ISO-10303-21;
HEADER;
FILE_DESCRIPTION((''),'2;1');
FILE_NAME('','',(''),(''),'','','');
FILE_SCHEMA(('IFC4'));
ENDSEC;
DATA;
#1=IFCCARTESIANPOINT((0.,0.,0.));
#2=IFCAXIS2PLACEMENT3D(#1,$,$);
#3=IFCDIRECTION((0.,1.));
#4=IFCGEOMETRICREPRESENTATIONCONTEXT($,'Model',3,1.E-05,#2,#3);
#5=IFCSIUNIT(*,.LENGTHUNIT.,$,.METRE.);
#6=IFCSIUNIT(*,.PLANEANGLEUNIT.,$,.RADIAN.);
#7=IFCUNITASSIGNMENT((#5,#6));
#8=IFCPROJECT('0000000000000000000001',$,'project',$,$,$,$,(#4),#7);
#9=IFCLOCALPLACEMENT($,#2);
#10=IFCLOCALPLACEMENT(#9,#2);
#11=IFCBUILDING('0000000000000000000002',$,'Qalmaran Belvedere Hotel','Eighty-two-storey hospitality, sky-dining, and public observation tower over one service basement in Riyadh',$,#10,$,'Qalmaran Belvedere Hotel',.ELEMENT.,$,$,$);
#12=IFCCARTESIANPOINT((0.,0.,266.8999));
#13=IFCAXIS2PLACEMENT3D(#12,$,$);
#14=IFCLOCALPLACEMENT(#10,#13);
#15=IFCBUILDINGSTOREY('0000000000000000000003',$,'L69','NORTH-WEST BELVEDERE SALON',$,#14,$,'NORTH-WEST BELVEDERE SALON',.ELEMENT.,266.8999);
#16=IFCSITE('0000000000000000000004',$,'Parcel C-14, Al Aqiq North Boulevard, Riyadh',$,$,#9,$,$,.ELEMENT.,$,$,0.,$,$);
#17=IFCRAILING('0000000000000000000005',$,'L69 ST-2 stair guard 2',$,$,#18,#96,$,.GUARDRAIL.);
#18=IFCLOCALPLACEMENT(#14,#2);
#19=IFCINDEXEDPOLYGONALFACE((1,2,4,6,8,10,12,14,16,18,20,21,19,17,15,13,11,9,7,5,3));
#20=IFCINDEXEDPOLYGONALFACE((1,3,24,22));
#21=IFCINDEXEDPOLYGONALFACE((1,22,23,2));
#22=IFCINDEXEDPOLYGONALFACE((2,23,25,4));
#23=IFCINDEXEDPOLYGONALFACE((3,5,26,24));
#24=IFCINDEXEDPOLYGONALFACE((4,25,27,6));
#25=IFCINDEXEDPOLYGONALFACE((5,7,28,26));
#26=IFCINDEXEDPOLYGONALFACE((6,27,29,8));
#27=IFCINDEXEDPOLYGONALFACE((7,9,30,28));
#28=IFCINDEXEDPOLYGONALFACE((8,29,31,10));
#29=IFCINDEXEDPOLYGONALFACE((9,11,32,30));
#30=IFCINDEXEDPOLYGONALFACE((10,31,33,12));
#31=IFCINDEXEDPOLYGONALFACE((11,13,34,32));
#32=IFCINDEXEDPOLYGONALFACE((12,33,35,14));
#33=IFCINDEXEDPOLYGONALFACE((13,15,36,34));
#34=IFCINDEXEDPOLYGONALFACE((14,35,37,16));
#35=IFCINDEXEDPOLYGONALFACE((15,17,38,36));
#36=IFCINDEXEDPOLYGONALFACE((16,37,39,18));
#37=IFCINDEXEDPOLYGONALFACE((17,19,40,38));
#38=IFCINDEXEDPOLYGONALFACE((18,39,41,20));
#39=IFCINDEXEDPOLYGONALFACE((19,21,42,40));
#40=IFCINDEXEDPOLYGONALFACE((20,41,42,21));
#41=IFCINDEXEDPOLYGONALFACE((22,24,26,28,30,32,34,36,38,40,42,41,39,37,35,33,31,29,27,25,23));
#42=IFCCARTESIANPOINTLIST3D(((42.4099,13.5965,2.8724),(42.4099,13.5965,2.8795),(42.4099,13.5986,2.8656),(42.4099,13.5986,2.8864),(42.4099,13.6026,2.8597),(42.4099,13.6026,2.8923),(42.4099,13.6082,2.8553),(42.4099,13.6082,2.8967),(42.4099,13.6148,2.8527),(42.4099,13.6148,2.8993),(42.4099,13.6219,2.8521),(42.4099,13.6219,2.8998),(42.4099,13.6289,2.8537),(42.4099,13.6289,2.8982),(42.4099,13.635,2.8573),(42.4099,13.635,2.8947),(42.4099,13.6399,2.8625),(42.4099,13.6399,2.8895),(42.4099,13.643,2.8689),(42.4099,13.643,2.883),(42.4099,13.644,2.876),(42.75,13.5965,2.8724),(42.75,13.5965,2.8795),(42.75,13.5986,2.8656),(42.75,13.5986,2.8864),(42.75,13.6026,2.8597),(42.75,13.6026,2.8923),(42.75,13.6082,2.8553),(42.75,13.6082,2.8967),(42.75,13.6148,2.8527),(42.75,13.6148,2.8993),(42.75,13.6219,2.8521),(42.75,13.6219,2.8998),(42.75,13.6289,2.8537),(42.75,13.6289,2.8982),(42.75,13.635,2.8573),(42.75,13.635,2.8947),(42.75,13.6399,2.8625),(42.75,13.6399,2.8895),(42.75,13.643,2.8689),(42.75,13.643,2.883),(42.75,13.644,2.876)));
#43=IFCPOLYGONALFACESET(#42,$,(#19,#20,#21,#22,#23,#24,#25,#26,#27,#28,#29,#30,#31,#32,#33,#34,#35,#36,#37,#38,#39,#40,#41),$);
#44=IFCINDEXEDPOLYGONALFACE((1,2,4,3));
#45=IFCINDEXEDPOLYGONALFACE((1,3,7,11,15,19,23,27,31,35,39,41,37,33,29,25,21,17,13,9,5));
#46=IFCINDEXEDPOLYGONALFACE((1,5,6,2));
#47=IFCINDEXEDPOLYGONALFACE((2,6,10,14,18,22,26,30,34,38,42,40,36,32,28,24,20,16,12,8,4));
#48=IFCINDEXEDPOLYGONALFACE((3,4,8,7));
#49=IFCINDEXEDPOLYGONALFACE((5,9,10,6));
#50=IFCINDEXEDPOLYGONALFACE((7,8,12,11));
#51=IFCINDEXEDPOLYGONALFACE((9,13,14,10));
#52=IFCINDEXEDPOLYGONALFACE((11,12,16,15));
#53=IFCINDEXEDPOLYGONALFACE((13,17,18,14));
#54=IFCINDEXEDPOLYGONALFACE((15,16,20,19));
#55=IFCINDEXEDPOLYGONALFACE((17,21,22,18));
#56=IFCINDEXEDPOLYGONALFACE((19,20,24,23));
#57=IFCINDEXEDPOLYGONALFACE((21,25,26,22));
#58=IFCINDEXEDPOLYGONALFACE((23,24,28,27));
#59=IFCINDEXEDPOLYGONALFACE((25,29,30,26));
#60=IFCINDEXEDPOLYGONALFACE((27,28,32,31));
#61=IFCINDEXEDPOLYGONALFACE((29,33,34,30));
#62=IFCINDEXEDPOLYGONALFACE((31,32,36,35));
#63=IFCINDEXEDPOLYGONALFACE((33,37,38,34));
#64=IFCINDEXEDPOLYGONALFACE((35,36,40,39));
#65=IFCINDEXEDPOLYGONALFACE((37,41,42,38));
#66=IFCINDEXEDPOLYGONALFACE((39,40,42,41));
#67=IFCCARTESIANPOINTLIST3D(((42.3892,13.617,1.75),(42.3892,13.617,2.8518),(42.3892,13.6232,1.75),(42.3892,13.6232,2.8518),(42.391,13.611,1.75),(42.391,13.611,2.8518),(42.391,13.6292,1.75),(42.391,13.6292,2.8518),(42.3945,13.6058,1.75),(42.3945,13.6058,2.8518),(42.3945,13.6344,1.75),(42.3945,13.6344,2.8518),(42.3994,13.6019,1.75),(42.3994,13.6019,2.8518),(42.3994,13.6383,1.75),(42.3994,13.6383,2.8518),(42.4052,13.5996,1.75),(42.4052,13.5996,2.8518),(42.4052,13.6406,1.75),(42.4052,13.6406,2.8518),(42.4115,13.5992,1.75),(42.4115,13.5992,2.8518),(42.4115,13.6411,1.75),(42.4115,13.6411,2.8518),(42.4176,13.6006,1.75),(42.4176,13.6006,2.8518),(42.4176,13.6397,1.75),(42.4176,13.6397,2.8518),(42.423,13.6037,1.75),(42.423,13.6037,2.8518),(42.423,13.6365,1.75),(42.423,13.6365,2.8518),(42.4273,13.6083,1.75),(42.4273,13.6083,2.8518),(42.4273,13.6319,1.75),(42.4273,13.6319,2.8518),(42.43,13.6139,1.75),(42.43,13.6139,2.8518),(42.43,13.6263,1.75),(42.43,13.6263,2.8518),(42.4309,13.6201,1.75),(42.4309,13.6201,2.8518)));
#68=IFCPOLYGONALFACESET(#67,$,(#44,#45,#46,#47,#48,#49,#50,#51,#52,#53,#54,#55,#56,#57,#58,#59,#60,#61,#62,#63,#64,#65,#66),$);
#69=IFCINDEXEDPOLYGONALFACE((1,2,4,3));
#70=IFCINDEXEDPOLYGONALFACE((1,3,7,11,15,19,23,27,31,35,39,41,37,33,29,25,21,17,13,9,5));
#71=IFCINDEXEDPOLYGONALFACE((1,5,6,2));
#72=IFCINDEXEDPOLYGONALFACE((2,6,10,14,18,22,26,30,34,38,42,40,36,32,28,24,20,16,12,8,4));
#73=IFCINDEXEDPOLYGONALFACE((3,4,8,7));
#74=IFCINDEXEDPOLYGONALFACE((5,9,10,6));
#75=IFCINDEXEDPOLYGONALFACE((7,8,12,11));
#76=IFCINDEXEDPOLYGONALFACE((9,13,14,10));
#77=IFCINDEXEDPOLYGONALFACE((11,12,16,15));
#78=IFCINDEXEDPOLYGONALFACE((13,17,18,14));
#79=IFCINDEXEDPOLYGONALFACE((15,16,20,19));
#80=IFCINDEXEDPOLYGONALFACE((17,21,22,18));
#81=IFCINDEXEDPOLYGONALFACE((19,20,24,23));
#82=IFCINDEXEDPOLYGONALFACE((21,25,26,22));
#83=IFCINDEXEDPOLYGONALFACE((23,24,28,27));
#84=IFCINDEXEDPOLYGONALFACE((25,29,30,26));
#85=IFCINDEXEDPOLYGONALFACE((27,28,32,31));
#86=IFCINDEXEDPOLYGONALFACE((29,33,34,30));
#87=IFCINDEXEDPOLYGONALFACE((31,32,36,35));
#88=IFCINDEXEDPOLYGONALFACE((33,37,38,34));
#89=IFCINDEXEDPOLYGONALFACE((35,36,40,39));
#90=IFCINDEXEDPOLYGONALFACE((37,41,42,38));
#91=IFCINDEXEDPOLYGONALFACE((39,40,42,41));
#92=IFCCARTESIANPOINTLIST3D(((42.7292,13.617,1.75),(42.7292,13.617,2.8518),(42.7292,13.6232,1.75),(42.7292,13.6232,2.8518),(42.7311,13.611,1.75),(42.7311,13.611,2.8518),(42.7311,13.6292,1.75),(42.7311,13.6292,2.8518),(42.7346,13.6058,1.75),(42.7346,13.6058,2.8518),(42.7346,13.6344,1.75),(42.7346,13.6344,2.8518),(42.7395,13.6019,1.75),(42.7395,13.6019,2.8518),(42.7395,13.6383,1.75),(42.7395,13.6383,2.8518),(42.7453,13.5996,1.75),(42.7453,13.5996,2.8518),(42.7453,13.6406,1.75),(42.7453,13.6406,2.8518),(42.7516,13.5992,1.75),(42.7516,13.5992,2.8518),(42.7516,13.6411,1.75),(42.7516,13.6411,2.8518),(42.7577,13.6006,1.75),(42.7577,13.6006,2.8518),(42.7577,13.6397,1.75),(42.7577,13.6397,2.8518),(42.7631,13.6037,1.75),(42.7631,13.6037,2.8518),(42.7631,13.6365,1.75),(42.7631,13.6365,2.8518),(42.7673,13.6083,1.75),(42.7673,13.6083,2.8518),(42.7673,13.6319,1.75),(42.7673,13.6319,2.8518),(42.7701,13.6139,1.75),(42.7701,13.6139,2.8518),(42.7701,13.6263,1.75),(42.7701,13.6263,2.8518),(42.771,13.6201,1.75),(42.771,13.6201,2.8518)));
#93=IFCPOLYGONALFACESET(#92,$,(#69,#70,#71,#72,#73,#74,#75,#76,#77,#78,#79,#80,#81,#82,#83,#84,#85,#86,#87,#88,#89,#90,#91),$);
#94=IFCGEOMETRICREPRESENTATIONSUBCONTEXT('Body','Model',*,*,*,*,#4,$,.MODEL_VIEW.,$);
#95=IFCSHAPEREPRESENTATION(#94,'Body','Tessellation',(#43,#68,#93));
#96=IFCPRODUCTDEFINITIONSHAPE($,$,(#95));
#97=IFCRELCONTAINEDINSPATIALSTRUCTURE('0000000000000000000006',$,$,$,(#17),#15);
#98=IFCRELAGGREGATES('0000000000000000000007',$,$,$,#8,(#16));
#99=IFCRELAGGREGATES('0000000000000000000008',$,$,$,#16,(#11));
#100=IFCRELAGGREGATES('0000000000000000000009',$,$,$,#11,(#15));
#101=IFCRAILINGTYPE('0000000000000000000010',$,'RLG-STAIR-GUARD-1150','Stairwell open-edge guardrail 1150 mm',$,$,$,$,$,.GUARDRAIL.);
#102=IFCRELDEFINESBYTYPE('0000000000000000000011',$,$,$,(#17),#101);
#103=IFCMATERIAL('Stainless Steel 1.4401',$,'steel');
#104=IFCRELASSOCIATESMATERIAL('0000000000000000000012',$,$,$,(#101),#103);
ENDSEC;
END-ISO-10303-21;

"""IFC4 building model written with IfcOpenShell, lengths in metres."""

from ifc_helpers import new_model, si_unit, direction, frame, origin, origin_2d, place, context, subcontext, project, spatial, circle, extrude, material, type_object, element, save


model = new_model("IFC4")

# Units and contexts
model_context = context("Model", 3, precision=1e-05, world=origin(), true_north=direction((0.0, 1.0)))
body_context = subcontext(model_context, "Body", "Model", "MODEL_VIEW")
ifc_project = project(units=[si_unit("LENGTHUNIT", "METRE"), si_unit("PLANEANGLEUNIT", "RADIAN")], contexts=[model_context])

# Site, building, storey
site_placement = place(None, origin())
site = spatial("IfcSite", under=ifc_project, at=site_placement, Name="Parcel C-14, Al Aqiq North Boulevard, Riyadh", CompositionType="ELEMENT", RefElevation=0.0)
building_placement = place(site_placement, origin())
building = spatial("IfcBuilding", under=site, at=building_placement, Name="Qalmaran Belvedere Hotel", Description="Eighty-two-storey hospitality, sky-dining, and public observation tower over one service basement in Riyadh", LongName="Qalmaran Belvedere Hotel", CompositionType="ELEMENT")
storey_placement = place(building_placement, frame((0.0, 0.0, 266.8999)))
storey = spatial("IfcBuildingStorey", under=building, at=storey_placement, Name="L69", Description="NORTH-WEST BELVEDERE SALON", LongName="NORTH-WEST BELVEDERE SALON", CompositionType="ELEMENT", Elevation=266.8999)

# Railing
ifc_material_1 = material(Name="Stainless Steel 1.4401", Category="steel")
railing_type_1 = type_object("IfcRailingType", Name="RLG-STAIR-GUARD-1150", Description="Stairwell open-edge guardrail 1150 mm", PredefinedType="GUARDRAIL", material=ifc_material_1)
railing_1_placement = place(storey_placement, frame((42.4099, 13.6201, 1.75)))
element("IfcRailing", 1, at=railing_1_placement, inside=storey, type_object=railing_type_1, Name="L69 ST-2 stair guard 2", PredefinedType="GUARDRAIL", context=body_context, shape_type="SweptSolid", body=[
    extrude(circle(Radius=0.0239, at=origin_2d()), frame((0.0, 0.0, 1.126), z_axis=(1.0, 0.0, 0.0), x_axis=(0.0, 1.0, 0.0)), (0.0, 0.0, 1.0), 0.3401),
    extrude(circle(Radius=0.021, at=origin_2d()), origin(), (0.0, 0.0, 1.0), 1.1018),
    extrude(circle(Radius=0.021, at=origin_2d()), frame((0.3401, 0.0, 0.0)), (0.0, 0.0, 1.0), 1.1018),
])

save(model, "model.ifc")
